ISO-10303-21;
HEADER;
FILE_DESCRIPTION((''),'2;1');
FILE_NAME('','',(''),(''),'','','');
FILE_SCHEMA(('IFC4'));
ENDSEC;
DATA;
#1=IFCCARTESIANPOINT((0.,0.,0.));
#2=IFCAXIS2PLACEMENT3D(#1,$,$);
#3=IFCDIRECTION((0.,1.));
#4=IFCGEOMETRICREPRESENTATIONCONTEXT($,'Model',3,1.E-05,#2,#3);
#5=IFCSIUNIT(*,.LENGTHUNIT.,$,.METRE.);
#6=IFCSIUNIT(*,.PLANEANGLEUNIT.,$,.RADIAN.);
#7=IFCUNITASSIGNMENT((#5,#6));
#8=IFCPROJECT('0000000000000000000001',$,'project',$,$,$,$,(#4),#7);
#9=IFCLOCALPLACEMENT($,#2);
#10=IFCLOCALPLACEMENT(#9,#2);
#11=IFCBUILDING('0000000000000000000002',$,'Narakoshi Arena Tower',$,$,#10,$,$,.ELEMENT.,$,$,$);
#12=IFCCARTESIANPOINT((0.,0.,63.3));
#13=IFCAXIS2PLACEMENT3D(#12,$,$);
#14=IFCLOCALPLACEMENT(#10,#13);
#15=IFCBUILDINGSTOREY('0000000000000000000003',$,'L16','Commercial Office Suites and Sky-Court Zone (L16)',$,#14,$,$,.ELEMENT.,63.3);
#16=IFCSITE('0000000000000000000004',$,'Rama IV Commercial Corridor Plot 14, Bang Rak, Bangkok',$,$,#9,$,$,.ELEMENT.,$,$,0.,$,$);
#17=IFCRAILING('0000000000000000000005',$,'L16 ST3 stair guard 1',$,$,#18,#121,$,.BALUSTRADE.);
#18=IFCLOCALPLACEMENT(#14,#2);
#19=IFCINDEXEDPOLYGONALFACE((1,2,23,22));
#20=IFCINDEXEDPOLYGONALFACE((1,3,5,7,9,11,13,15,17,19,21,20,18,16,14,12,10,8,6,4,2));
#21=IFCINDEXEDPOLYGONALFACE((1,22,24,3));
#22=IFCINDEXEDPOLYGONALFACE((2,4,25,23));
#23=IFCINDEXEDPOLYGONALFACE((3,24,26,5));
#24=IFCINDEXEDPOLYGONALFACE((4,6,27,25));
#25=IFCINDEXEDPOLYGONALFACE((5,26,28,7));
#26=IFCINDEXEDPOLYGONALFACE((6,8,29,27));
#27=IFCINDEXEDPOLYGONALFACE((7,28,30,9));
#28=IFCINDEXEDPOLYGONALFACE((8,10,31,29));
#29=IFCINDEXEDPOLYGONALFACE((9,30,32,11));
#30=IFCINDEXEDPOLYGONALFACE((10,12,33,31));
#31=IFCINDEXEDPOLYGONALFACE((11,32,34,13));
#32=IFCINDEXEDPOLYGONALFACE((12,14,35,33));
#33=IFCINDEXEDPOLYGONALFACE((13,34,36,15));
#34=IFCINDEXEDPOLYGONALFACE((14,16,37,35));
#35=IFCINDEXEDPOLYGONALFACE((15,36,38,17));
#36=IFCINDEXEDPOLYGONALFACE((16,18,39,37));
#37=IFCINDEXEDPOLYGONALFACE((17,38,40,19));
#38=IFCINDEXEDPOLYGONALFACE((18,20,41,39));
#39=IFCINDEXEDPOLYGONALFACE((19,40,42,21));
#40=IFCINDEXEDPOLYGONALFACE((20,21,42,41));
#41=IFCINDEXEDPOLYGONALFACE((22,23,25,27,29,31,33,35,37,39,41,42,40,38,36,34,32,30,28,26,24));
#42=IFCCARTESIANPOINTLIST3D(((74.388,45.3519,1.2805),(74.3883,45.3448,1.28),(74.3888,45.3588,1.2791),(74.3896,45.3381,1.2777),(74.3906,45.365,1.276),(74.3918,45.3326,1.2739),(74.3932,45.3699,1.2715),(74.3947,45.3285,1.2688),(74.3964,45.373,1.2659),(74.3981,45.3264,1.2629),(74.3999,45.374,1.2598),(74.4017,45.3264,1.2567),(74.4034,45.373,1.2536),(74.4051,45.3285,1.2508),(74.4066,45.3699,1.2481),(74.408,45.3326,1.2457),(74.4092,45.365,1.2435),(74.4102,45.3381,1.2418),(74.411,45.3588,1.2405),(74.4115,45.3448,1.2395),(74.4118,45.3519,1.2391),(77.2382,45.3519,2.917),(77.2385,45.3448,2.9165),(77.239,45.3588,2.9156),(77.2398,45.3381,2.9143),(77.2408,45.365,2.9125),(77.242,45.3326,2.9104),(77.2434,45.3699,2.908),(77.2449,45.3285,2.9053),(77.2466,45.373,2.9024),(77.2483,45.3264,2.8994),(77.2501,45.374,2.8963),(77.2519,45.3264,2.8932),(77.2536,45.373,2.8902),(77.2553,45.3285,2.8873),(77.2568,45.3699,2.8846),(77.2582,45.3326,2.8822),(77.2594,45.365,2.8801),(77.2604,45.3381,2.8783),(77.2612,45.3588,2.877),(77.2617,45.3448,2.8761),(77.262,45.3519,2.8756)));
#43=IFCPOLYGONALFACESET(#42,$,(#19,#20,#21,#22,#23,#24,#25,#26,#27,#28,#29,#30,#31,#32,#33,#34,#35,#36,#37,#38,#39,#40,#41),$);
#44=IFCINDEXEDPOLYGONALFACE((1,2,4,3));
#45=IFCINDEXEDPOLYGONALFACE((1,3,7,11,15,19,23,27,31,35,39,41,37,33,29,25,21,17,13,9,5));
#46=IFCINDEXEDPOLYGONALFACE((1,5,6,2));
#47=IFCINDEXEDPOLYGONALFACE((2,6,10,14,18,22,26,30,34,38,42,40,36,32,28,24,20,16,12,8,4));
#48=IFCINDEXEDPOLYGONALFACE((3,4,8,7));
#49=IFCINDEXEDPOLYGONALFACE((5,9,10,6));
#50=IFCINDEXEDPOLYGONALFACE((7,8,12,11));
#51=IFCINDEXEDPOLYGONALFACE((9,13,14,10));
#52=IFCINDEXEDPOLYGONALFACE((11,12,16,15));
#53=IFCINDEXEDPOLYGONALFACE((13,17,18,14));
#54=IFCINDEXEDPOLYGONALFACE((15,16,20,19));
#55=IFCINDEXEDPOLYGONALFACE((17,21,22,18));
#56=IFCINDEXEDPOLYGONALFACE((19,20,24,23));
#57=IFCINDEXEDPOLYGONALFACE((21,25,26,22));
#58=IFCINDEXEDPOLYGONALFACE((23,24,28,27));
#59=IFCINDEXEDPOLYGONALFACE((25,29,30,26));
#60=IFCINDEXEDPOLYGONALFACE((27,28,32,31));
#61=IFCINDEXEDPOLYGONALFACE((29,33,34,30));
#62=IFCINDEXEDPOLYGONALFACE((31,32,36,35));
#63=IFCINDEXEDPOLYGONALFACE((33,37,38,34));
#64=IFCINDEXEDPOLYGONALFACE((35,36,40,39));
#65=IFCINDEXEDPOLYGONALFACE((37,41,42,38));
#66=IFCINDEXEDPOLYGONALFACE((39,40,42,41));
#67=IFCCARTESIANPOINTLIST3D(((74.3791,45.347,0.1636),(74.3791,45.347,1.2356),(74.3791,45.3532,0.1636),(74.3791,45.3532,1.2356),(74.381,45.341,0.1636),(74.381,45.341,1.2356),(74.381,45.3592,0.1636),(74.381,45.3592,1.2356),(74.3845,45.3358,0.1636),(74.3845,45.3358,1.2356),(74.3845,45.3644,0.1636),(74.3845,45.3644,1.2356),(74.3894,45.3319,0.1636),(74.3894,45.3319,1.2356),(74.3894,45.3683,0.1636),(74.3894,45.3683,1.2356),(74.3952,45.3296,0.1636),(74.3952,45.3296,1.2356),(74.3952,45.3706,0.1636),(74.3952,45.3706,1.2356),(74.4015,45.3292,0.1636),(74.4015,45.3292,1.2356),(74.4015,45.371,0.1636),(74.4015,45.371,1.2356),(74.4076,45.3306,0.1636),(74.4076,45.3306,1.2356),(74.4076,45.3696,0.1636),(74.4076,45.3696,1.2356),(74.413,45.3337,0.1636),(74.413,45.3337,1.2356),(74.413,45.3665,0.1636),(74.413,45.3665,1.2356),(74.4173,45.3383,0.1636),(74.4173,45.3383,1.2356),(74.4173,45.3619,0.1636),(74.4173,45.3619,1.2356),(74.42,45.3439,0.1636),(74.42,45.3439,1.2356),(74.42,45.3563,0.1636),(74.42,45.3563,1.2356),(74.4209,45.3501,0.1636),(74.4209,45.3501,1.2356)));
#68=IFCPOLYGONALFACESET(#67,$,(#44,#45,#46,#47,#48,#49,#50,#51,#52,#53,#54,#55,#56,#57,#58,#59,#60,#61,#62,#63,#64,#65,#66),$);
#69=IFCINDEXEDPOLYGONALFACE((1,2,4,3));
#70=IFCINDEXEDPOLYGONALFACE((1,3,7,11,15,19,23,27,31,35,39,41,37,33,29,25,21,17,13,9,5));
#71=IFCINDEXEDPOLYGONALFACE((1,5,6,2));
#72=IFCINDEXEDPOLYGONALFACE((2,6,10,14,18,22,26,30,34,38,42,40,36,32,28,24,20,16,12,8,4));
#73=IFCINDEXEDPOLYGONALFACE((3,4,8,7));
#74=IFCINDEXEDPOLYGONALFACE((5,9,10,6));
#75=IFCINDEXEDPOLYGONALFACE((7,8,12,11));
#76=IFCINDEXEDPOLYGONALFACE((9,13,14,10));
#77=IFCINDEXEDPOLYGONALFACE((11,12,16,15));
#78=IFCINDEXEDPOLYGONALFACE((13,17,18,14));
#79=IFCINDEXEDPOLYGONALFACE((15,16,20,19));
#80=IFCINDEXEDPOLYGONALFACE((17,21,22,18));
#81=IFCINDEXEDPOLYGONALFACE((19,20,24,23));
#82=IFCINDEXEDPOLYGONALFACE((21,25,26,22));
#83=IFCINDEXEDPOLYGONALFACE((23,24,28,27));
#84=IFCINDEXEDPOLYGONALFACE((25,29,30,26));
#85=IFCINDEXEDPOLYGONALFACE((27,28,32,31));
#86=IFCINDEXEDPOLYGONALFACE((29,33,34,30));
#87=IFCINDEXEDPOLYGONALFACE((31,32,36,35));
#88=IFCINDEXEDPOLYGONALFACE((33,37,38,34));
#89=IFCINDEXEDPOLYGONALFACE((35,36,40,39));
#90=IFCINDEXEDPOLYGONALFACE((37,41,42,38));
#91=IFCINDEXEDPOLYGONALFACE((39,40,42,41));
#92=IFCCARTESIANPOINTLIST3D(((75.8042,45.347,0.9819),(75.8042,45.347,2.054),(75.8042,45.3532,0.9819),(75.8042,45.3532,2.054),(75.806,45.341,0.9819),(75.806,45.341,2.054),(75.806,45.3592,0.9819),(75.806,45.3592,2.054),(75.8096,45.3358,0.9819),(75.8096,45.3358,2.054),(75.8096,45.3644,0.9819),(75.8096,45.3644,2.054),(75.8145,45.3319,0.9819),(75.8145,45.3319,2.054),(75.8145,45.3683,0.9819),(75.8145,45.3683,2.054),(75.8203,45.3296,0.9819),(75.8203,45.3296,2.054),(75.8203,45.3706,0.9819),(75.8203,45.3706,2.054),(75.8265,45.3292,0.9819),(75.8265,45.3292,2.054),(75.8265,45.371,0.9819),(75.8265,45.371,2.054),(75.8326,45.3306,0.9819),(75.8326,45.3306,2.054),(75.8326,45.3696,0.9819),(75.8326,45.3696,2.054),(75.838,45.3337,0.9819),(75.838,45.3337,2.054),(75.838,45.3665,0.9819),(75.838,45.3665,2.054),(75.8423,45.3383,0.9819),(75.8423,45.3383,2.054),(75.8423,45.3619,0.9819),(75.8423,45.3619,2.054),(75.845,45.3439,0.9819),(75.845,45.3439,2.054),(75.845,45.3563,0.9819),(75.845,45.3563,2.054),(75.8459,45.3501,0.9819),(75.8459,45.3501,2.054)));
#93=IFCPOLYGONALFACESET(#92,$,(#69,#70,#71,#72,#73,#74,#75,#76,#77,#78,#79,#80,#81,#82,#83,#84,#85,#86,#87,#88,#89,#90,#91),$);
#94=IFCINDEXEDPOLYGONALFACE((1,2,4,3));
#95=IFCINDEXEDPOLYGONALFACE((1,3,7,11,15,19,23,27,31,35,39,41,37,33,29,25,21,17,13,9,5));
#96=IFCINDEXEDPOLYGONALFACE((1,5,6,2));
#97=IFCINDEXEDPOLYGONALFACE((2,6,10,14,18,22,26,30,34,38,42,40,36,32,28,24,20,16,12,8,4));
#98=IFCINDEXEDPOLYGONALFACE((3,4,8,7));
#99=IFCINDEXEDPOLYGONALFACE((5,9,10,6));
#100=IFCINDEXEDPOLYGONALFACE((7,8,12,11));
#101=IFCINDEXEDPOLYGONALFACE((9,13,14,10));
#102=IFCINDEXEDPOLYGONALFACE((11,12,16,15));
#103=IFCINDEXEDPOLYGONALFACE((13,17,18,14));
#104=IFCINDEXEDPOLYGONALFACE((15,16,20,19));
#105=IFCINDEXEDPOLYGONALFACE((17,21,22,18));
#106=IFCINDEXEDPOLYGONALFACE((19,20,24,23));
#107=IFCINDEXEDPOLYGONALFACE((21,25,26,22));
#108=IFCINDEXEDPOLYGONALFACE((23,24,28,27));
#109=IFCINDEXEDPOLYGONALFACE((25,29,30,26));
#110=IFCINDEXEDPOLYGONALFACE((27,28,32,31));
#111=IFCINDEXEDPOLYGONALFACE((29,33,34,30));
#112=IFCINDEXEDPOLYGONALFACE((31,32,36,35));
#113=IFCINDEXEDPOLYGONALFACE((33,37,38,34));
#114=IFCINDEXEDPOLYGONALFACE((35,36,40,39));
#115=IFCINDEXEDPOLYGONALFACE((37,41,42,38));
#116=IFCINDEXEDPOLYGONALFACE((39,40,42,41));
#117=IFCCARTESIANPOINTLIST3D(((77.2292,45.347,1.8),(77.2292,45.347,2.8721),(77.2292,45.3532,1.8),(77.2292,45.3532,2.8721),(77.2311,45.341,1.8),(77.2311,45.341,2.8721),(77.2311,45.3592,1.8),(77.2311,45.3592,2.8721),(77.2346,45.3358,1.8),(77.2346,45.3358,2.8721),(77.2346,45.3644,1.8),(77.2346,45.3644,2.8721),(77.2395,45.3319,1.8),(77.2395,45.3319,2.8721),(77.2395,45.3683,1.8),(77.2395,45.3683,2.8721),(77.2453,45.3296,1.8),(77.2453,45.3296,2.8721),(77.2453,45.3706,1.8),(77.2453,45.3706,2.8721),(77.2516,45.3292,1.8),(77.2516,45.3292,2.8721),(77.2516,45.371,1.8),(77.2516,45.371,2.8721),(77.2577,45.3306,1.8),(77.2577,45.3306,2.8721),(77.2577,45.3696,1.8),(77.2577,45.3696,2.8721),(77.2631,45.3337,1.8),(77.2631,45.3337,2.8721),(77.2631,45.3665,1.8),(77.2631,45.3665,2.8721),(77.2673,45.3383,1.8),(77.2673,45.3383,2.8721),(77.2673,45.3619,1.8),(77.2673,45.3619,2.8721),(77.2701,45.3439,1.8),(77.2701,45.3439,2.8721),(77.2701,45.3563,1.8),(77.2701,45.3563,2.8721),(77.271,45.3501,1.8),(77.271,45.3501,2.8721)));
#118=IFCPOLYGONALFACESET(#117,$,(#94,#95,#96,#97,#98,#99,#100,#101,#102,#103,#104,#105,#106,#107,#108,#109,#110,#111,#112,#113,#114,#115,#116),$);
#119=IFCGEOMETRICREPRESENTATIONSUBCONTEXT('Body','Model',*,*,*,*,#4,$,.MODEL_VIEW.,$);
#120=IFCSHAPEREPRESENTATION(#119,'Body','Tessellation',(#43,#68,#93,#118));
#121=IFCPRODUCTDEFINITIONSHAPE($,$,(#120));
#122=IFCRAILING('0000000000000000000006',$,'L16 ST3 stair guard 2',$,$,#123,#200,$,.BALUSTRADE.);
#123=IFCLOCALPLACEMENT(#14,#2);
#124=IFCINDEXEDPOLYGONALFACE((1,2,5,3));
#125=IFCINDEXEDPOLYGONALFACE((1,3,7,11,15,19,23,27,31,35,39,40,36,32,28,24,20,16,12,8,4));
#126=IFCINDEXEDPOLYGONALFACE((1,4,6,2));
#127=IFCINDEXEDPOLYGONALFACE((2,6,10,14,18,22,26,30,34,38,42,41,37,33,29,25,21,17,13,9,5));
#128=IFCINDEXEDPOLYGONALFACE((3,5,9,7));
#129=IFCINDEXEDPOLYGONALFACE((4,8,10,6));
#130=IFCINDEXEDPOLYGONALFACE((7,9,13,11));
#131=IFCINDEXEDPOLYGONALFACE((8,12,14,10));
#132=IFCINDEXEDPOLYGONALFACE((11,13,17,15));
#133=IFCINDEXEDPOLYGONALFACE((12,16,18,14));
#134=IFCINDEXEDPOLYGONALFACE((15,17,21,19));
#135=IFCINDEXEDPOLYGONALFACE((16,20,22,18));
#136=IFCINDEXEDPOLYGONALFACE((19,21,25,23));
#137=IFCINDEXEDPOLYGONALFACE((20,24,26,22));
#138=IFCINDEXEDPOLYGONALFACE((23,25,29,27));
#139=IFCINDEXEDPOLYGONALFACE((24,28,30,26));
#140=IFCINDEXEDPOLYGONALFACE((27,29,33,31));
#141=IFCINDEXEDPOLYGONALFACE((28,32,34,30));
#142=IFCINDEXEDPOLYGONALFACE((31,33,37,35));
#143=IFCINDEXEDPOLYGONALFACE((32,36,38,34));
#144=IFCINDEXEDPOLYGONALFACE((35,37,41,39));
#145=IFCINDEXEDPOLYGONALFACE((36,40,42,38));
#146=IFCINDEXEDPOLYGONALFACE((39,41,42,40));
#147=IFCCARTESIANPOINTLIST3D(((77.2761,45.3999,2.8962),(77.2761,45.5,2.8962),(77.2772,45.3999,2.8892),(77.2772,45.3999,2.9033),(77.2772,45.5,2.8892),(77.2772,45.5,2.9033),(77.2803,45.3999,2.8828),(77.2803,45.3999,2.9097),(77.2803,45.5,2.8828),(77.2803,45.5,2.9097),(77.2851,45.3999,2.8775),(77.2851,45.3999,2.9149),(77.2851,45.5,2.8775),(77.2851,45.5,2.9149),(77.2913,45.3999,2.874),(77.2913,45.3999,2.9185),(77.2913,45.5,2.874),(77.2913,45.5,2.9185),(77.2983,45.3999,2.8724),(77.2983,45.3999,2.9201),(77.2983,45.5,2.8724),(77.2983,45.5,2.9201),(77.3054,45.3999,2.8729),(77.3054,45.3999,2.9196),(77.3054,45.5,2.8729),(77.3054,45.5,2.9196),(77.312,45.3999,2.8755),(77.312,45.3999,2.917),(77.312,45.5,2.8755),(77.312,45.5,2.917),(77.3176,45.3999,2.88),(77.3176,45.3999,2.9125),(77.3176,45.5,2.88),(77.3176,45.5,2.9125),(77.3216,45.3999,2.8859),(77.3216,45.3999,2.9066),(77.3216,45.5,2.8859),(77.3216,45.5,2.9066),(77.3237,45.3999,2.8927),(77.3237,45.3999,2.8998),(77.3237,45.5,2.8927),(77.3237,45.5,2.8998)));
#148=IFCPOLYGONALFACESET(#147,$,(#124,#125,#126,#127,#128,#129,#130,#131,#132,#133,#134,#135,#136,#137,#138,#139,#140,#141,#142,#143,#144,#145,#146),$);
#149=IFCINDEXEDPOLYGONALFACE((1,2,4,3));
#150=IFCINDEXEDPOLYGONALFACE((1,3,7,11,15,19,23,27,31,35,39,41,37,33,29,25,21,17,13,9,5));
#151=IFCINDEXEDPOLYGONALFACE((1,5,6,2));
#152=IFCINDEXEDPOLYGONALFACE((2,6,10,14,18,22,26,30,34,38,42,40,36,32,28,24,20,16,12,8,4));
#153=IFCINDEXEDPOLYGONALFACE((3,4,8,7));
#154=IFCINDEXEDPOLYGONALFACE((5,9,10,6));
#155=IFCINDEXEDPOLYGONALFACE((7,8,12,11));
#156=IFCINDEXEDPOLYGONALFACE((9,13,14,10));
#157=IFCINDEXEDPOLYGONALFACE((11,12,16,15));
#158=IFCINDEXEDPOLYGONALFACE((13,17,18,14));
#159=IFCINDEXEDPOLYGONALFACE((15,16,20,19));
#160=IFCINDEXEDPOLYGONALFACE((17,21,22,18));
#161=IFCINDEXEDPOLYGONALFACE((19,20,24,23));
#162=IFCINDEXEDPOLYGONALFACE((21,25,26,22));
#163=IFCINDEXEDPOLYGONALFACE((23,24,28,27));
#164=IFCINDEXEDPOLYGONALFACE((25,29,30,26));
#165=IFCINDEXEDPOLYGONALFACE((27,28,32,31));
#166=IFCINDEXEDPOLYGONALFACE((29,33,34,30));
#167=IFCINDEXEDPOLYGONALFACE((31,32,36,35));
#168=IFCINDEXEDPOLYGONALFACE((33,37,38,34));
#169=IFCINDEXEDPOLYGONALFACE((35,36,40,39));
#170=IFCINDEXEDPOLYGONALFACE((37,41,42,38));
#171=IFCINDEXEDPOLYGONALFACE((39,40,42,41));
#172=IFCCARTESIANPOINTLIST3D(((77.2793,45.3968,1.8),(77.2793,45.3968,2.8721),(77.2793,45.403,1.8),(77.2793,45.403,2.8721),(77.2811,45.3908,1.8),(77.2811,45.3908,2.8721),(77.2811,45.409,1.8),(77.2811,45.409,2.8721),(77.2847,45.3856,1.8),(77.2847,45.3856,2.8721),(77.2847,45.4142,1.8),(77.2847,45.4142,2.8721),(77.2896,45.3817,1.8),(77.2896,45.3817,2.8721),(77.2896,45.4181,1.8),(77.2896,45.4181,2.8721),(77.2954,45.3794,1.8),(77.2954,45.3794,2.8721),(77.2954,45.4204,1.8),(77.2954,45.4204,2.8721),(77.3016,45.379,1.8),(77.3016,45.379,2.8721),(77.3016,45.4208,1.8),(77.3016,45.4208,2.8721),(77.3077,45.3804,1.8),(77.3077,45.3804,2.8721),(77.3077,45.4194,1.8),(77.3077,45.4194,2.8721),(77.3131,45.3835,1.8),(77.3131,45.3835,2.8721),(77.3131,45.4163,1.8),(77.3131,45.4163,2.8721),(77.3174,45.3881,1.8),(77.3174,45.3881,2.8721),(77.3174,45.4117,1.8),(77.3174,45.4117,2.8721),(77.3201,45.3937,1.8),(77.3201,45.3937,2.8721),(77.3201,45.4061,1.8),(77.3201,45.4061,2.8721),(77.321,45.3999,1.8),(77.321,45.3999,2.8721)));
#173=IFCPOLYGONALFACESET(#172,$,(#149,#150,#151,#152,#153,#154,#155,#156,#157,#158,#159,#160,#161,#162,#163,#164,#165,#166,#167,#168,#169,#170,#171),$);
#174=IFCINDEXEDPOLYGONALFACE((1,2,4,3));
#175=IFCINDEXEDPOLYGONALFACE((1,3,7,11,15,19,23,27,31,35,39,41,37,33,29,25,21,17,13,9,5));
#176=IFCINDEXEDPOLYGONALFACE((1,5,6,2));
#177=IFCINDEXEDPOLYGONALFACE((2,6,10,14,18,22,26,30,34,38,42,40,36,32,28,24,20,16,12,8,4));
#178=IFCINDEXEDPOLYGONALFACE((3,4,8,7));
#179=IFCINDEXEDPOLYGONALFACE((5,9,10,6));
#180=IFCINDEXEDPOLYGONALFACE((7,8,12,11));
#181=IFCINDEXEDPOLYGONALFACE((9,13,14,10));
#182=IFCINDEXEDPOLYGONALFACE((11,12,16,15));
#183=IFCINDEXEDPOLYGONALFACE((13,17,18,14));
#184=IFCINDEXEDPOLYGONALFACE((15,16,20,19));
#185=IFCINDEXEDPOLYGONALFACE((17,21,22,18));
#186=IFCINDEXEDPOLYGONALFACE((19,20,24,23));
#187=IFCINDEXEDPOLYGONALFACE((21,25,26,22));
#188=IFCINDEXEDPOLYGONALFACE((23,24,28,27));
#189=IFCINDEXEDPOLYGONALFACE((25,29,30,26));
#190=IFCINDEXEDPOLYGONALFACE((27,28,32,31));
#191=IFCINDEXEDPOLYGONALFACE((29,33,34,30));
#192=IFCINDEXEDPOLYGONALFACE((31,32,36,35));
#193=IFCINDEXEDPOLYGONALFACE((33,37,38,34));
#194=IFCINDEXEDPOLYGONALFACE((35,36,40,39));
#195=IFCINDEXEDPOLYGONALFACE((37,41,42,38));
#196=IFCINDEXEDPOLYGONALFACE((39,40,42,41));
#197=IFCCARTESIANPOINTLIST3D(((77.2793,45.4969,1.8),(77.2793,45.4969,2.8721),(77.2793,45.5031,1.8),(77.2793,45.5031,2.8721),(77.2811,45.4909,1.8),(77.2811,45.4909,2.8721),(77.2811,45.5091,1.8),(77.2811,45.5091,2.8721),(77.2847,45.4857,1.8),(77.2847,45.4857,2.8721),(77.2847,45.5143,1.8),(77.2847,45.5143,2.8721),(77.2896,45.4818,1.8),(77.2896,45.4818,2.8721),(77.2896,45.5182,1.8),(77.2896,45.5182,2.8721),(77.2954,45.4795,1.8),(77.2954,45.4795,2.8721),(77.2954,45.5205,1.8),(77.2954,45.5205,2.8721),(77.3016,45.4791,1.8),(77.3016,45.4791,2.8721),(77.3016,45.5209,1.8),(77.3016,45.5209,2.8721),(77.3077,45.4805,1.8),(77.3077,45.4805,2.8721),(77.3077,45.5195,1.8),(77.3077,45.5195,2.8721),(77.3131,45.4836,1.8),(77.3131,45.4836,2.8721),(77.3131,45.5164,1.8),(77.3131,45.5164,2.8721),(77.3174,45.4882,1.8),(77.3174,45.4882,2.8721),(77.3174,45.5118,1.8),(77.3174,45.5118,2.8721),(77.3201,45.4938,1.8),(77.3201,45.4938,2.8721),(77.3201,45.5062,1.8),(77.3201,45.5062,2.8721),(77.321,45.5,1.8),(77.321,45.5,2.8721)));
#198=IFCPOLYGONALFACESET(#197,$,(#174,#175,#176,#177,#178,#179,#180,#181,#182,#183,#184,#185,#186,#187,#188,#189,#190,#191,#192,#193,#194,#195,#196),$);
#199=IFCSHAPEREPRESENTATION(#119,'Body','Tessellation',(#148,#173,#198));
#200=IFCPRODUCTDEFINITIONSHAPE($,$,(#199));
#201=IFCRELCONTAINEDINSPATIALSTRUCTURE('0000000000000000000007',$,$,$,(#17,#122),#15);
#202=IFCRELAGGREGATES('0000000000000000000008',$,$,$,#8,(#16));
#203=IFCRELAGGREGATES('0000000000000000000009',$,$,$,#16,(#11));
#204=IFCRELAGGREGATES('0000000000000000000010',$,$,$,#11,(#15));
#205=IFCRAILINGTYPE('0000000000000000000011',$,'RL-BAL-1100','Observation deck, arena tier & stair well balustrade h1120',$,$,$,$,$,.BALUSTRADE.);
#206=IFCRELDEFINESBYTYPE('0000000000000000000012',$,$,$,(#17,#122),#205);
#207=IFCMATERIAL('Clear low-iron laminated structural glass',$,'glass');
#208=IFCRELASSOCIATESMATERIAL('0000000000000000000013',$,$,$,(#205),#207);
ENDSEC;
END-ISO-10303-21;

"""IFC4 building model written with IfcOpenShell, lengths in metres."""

from ifc_helpers import new_model, si_unit, direction, frame, origin, origin_2d, place, context, subcontext, project, spatial, circle, extrude, material, type_object, element, save


model = new_model("IFC4")

# Units and contexts
model_context = context("Model", 3, precision=1e-05, world=origin(), true_north=direction((0.0, 1.0)))
body_context = subcontext(model_context, "Body", "Model", "MODEL_VIEW")
ifc_project = project(units=[si_unit("LENGTHUNIT", "METRE"), si_unit("PLANEANGLEUNIT", "RADIAN")], contexts=[model_context])

# Site, building, storey
site_placement = place(None, origin())
site = spatial("IfcSite", under=ifc_project, at=site_placement, Name="Rama IV Commercial Corridor Plot 14, Bang Rak, Bangkok", CompositionType="ELEMENT", RefElevation=0.0)
building_placement = place(site_placement, origin())
building = spatial("IfcBuilding", under=site, at=building_placement, Name="Narakoshi Arena Tower", CompositionType="ELEMENT")
storey_placement = place(building_placement, frame((0.0, 0.0, 63.3)))
storey = spatial("IfcBuildingStorey", under=building, at=storey_placement, Name="L16", Description="Commercial Office Suites and Sky-Court Zone (L16)", CompositionType="ELEMENT", Elevation=63.3)

# Railings
ifc_material_1 = material(Name="Clear low-iron laminated structural glass", Category="glass")
railing_type_1 = type_object("IfcRailingType", Name="RL-BAL-1100", Description="Observation deck, arena tier & stair well balustrade h1120", PredefinedType="BALUSTRADE", material=ifc_material_1)
railing_1_placement = place(storey_placement, frame((74.3999, 45.3501, 0.1636)))
element("IfcRailing", 1, at=railing_1_placement, inside=storey, type_object=railing_type_1, Name="L16 ST3 stair guard 1", PredefinedType="BALUSTRADE", context=body_context, shape_type="SweptSolid", body=[
    extrude(circle(Radius=0.0239, at=origin_2d()), frame((0.0, 0.0, 1.0962), z_axis=(0.867213, 0.0, 0.497938), x_axis=(0.0, 1.0, 0.0)), (0.0, 0.0, 1.0), 3.2866),
    extrude(circle(Radius=0.021, at=origin_2d()), origin(), (0.0, 0.0, 1.0), 1.072),
    extrude(circle(Radius=0.021, at=origin_2d()), frame((1.425, 0.0, 0.8184)), (0.0, 0.0, 1.0), 1.072),
    extrude(circle(Radius=0.021, at=origin_2d()), frame((2.8501, 0.0, 1.6365)), (0.0, 0.0, 1.0), 1.072),
])
railing_2_placement = place(storey_placement, frame((77.3, 45.3999, 1.8)))
element("IfcRailing", 2, at=railing_2_placement, inside=storey, type_object=railing_type_1, Name="L16 ST3 stair guard 2", PredefinedType="BALUSTRADE", context=body_context, shape_type="SweptSolid", body=[
    extrude(circle(Radius=0.0239, at=origin_2d()), frame((0.0, 0.0, 1.0962), z_axis=(0.0, 1.0, 0.0), x_axis=(-1.0, 0.0, 0.0)), (0.0, 0.0, 1.0), 0.1001),
    extrude(circle(Radius=0.021, at=origin_2d()), origin(), (0.0, 0.0, 1.0), 1.072),
    extrude(circle(Radius=0.021, at=origin_2d()), frame((0.0, 0.1001, 0.0)), (0.0, 0.0, 1.0), 1.072),
])

save(model, "model.ifc")
